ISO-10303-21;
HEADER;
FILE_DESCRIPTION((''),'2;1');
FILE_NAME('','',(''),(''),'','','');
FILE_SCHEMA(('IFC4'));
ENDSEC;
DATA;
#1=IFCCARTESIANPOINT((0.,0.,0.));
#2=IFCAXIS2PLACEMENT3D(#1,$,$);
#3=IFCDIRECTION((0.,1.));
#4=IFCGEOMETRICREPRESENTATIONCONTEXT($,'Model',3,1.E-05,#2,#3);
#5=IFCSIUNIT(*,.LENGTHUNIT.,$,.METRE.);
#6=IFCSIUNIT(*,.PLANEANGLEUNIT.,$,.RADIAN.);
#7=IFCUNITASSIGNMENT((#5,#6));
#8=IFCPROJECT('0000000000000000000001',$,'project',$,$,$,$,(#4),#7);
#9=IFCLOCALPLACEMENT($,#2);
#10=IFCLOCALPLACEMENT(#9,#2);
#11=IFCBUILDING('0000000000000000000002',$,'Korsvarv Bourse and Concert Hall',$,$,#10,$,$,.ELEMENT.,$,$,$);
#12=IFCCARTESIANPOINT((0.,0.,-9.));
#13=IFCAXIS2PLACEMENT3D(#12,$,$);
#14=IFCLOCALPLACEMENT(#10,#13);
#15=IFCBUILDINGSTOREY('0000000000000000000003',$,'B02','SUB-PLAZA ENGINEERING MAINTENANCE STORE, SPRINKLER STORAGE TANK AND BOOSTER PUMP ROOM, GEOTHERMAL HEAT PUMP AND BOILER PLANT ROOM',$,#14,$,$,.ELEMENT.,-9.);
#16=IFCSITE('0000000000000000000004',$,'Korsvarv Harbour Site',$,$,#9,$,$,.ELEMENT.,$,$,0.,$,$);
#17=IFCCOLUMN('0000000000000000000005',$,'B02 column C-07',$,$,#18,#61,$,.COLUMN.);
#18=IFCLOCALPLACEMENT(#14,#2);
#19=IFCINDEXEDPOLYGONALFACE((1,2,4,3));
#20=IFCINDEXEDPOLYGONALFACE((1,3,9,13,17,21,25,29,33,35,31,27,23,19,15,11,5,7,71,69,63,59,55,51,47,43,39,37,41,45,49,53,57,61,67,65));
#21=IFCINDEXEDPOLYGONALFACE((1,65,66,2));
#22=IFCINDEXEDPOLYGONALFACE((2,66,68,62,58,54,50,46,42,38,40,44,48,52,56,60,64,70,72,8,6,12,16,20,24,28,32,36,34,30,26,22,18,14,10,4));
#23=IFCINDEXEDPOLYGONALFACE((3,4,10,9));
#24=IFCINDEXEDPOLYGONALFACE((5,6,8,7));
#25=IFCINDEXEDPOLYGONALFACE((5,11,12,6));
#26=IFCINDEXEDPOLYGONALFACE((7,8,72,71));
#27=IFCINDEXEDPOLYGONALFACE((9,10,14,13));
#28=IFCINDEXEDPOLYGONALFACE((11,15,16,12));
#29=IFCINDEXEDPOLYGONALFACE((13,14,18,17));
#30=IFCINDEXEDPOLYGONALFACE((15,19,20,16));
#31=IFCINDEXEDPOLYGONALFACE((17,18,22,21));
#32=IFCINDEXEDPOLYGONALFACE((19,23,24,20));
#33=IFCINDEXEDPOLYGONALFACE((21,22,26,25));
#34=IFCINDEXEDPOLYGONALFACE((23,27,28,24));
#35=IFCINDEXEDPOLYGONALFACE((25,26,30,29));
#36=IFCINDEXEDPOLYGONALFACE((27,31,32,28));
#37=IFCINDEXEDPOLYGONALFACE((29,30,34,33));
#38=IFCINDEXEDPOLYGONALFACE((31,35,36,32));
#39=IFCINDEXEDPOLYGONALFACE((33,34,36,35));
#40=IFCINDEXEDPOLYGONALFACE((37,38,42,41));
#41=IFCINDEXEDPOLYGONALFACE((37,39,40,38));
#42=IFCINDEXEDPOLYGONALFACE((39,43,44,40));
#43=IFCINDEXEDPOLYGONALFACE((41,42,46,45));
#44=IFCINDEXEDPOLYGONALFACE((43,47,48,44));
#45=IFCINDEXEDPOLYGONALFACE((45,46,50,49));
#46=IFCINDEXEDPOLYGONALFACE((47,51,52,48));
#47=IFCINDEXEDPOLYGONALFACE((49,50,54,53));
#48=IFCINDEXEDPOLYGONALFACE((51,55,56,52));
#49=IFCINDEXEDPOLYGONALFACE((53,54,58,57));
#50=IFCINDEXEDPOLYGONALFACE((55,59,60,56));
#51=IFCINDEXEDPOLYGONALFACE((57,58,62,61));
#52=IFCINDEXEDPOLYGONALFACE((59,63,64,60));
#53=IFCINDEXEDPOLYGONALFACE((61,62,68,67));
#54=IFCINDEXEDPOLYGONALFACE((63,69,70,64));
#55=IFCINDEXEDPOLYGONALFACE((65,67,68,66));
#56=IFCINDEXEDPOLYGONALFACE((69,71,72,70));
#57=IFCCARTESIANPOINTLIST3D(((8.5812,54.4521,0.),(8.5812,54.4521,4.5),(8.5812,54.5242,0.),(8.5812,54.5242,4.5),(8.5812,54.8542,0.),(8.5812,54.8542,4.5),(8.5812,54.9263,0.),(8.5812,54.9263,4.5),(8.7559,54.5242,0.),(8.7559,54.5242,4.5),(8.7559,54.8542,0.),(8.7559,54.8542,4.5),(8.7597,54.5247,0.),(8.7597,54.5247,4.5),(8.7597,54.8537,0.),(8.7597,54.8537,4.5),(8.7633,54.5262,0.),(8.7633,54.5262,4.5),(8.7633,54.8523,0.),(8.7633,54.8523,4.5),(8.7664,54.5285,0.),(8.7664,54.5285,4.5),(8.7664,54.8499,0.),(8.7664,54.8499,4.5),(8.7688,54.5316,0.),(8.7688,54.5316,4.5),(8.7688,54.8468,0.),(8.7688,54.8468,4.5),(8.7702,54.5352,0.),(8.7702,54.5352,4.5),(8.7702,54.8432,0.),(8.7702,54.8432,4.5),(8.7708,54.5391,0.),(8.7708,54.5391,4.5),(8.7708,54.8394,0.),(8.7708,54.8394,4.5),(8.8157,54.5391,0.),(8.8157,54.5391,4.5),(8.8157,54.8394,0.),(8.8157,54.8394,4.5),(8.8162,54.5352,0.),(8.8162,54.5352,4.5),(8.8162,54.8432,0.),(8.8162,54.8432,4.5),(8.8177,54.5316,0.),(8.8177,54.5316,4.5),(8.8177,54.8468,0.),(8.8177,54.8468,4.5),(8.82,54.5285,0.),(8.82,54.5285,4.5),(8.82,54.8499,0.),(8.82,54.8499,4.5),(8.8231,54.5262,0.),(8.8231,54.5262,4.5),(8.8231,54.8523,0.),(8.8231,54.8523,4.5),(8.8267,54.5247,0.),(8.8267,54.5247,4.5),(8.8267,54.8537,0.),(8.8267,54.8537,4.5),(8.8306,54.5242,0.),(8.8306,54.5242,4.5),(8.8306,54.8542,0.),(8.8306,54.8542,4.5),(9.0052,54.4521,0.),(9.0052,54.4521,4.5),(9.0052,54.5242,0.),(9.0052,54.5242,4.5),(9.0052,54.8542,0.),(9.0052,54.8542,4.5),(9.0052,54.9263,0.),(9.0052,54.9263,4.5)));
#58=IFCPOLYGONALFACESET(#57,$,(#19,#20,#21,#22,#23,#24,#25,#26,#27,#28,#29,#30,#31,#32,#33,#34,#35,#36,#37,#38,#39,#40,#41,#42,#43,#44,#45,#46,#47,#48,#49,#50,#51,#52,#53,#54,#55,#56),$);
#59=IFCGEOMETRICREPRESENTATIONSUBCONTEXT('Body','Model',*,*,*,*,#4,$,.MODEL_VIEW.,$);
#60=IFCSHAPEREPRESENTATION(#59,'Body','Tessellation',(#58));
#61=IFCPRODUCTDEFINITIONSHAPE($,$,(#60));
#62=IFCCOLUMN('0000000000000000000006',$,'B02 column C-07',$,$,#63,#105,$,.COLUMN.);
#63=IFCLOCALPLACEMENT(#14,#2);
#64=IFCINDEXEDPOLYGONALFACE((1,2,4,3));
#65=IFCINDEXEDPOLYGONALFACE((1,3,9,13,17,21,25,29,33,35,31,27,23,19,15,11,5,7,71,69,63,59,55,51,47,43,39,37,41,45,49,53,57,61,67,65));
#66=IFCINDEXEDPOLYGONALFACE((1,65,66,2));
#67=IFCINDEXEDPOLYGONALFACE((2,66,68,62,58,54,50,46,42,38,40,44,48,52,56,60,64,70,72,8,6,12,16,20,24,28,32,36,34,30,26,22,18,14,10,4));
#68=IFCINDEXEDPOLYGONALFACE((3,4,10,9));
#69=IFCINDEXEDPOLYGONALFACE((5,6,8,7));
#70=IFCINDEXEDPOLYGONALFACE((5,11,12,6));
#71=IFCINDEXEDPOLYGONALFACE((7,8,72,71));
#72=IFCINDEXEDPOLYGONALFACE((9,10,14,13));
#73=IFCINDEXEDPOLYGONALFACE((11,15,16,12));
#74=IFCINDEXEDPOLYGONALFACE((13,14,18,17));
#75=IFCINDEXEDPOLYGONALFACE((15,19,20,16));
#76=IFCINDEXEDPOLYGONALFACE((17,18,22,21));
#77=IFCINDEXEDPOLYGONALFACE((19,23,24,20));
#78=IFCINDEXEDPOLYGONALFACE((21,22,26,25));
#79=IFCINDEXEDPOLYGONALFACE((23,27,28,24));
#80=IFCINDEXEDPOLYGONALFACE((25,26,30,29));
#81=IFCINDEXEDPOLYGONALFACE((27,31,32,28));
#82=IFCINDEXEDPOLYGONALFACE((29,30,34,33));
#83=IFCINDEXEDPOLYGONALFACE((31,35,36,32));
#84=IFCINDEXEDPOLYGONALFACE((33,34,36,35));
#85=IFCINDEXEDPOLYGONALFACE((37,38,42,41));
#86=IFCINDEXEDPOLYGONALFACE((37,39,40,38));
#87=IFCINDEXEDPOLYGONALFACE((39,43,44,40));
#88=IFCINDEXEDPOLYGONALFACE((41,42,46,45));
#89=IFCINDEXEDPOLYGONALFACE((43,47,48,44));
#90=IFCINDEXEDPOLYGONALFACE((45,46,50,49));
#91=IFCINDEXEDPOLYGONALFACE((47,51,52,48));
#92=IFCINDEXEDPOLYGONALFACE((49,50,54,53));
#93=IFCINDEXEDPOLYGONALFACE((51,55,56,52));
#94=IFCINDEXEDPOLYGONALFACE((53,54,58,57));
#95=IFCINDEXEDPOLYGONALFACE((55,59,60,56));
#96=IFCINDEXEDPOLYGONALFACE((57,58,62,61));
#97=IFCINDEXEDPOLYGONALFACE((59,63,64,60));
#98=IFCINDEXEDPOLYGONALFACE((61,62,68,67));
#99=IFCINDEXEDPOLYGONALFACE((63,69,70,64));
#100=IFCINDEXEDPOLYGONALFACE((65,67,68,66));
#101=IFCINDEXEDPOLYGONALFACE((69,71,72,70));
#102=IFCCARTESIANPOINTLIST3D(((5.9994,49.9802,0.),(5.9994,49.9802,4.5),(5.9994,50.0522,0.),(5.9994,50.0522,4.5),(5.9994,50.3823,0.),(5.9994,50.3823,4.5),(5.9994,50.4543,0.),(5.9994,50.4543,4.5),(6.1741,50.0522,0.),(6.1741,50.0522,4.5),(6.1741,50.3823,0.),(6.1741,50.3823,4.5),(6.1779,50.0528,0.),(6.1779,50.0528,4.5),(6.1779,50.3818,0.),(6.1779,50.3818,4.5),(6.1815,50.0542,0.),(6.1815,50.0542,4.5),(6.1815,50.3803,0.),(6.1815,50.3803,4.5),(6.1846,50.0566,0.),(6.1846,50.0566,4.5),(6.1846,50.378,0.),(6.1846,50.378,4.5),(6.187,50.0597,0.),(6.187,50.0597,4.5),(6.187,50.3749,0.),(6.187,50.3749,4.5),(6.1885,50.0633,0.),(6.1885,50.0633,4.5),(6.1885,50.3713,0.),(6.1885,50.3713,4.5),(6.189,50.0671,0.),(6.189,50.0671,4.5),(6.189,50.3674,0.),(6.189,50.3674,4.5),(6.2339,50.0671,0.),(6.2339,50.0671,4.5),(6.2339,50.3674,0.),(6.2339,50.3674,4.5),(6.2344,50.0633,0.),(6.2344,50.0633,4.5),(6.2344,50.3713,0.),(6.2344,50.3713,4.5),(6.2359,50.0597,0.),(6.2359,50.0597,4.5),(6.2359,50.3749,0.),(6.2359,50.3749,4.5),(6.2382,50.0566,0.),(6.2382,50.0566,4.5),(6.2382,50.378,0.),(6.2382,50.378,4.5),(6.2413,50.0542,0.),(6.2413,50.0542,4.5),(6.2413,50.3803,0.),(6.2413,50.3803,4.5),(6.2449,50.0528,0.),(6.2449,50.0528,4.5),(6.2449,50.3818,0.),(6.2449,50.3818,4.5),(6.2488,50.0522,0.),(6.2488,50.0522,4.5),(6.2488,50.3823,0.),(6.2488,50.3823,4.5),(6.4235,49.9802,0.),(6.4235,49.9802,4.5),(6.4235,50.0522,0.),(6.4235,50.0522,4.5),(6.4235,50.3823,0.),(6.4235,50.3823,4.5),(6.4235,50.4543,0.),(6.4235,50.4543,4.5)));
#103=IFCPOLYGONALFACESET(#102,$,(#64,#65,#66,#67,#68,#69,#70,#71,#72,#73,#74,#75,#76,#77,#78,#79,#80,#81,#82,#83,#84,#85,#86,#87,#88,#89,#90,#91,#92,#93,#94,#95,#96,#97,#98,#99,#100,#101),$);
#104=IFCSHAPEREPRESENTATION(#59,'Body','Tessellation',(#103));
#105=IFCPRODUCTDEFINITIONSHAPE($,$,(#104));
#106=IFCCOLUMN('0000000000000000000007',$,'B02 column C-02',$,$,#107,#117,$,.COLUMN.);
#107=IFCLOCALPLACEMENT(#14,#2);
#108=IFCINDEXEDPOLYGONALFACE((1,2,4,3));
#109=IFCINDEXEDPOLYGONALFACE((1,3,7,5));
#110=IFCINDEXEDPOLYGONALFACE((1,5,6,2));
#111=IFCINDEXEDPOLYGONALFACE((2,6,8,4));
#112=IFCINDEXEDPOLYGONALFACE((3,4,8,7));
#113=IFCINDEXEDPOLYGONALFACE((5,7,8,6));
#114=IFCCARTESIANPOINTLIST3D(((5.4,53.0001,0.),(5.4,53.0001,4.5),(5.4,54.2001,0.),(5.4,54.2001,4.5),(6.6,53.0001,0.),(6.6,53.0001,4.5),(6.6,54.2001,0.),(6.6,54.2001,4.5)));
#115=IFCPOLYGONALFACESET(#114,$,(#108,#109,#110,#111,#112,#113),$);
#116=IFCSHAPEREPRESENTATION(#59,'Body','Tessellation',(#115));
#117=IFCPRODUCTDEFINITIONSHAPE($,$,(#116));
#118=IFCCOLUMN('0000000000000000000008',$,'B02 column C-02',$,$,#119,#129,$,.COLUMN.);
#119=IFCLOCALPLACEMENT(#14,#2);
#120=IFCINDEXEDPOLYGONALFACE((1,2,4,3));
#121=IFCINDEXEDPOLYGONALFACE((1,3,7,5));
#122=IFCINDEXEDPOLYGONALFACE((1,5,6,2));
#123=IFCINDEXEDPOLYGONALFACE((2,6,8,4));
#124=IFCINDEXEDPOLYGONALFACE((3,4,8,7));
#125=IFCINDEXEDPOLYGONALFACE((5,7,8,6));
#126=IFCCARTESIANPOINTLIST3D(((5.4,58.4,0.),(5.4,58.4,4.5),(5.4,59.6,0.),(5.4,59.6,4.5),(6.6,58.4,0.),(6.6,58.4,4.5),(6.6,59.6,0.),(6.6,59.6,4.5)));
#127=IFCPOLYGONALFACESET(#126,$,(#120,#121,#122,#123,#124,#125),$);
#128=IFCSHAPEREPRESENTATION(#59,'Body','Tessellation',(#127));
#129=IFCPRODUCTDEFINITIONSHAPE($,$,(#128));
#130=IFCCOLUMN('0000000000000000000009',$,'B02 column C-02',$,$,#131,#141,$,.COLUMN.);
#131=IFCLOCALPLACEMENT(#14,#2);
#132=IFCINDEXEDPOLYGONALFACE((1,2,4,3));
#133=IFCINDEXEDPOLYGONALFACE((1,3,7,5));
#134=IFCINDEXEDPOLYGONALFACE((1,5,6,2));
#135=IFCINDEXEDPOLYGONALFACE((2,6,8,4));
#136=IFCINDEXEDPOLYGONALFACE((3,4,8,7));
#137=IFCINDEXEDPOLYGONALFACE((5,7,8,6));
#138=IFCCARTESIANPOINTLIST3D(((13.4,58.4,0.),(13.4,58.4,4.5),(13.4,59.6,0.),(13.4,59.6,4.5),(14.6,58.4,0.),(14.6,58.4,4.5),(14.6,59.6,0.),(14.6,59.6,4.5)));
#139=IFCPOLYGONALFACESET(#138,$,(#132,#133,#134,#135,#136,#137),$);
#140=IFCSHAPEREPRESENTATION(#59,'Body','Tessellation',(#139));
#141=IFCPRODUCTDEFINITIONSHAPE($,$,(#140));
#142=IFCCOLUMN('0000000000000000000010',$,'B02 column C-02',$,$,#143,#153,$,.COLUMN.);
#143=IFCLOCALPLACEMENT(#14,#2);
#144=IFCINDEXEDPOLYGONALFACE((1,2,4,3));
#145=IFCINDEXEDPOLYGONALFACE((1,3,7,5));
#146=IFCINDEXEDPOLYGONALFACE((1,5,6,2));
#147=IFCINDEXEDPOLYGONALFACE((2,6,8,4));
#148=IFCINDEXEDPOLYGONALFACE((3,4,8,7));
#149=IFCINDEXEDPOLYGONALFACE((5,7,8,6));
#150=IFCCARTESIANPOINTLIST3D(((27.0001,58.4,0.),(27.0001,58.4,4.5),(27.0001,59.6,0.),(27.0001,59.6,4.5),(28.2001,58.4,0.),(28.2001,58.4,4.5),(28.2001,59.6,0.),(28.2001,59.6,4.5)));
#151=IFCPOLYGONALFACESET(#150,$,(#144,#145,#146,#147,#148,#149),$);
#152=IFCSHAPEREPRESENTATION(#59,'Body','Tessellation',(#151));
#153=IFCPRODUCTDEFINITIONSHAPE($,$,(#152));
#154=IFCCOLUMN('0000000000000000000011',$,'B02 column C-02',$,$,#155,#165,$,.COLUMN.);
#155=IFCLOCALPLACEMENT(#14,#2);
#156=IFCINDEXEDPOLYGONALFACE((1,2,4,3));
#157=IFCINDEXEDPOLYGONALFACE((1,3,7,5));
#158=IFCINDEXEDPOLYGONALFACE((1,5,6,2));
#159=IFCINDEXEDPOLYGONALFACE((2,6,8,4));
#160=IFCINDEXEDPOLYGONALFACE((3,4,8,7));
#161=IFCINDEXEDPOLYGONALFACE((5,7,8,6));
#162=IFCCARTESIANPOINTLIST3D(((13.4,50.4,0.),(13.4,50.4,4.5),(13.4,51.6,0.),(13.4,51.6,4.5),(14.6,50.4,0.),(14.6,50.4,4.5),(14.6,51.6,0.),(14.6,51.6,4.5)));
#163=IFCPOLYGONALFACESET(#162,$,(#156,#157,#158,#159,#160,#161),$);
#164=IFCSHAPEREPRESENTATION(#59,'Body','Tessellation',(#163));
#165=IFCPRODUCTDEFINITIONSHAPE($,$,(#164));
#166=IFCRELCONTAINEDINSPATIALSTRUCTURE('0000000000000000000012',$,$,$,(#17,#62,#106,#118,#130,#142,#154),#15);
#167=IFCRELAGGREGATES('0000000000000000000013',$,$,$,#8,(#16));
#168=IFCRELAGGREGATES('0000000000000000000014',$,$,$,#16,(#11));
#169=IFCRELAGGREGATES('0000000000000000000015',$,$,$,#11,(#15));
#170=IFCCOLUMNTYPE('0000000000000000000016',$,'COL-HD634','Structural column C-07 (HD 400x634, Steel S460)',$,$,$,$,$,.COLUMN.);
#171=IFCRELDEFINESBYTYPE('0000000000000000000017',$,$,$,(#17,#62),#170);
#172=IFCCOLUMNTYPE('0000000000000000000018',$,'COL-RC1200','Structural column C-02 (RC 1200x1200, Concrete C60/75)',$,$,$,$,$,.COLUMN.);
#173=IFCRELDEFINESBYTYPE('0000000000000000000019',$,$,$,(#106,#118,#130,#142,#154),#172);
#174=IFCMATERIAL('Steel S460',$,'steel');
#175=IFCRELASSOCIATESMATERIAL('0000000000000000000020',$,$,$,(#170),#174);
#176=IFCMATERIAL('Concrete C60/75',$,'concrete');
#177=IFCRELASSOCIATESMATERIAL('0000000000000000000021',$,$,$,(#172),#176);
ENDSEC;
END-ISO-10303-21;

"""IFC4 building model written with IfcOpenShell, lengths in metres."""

from ifc_helpers import new_model, si_unit, direction, frame, origin, origin_2d, place, context, subcontext, project, spatial, rectangle, i_section, extrude, source, transform, mapped, material, material_profile, profile_set, type_object, element, save


model = new_model("IFC4")

# Units and contexts
model_context = context("Model", 3, precision=1e-05, world=origin(), true_north=direction((0.0, 1.0)))
body_context = subcontext(model_context, "Body", "Model", "MODEL_VIEW")
ifc_project = project(units=[si_unit("LENGTHUNIT", "METRE"), si_unit("PLANEANGLEUNIT", "RADIAN")], contexts=[model_context])

# Site, building, storey
site_placement = place(None, origin())
site = spatial("IfcSite", under=ifc_project, at=site_placement, Name="Korsvarv Harbour Site", CompositionType="ELEMENT", RefElevation=0.0)
building_placement = place(site_placement, origin())
building = spatial("IfcBuilding", under=site, at=building_placement, Name="Korsvarv Bourse and Concert Hall", CompositionType="ELEMENT")
storey_placement = place(building_placement, frame((0.0, 0.0, -9.0)))
storey = spatial("IfcBuildingStorey", under=building, at=storey_placement, Name="B02", Description="SUB-PLAZA ENGINEERING MAINTENANCE STORE, SPRINKLER STORAGE TANK AND BOOSTER PUMP ROOM, GEOTHERMAL HEAT PUMP AND BOILER PLANT ROOM", CompositionType="ELEMENT", Elevation=-9.0)

# Columns
ifc_material_1 = material(Name="Steel S460", Category="steel")
ifc_material_profile_1 = material_profile(ifc_material_1, i_section(OverallWidth=0.4241, OverallDepth=0.4741, WebThickness=0.0449, FlangeThickness=0.072, FilletRadius=0.0149, at=origin_2d()), Name="HD 400x634")
ifc_profile_set_1 = profile_set([ifc_material_profile_1], Name="Steel S460")
column_type_1 = type_object("IfcColumnType", Name="COL-HD634", Description="Structural column C-07 (HD 400x634, Steel S460)", PredefinedType="COLUMN", material=ifc_profile_set_1)
shared_shape_1 = source(origin(), body_context, "Body", "SweptSolid", [
    extrude(i_section(OverallWidth=0.4241, OverallDepth=0.4741, WebThickness=0.0449, FlangeThickness=0.072, FilletRadius=0.0149, at=origin_2d()), origin(), (0.0, 0.0, 1.0), 4.5),
])
for number, where, z_axis, x_axis, name in (
    (1, (8.7932, 54.6892, 0.0), (0.0, 0.0, 1.0), (1.0, 0.0, 0.0), "B02 column C-07"),
    (2, (6.2114, 50.2173, 0.0), (0.0, 0.0, 1.0), (1.0, 0.0, 0.0), "B02 column C-07"),
):
    element("IfcColumn", number, at=place(storey_placement, frame(where, z_axis=z_axis, x_axis=x_axis)), inside=storey, type_object=column_type_1, Name=name, PredefinedType="COLUMN", context=body_context, shape_type="MappedRepresentation", body=[
        mapped(shared_shape_1, transform((0.0, 0.0, 0.0), scale=1.0)),
    ])
ifc_material_2 = material(Name="Concrete C60/75", Category="concrete")
ifc_material_profile_2 = material_profile(ifc_material_2, rectangle(XDim=1.2, YDim=1.2, at=origin_2d()), Name="RC 1200x1200")
ifc_profile_set_2 = profile_set([ifc_material_profile_2], Name="Concrete C60/75")
column_type_2 = type_object("IfcColumnType", Name="COL-RC1200", Description="Structural column C-02 (RC 1200x1200, Concrete C60/75)", PredefinedType="COLUMN", material=ifc_profile_set_2)
shared_shape_2 = source(origin(), body_context, "Body", "SweptSolid", [
    extrude(rectangle(XDim=1.2, YDim=1.2, at=origin_2d()), origin(), (0.0, 0.0, 1.0), 4.5),
])
for number, where, z_axis, x_axis, name in (
    (3, (6.0, 53.6001, 0.0), (0.0, 0.0, 1.0), (1.0, 0.0, 0.0), "B02 column C-02"),
    (4, (6.0, 59.0, 0.0), (0.0, 0.0, 1.0), (1.0, 0.0, 0.0), "B02 column C-02"),
    (5, (14.0, 59.0, 0.0), (0.0, 0.0, 1.0), (1.0, 0.0, 0.0), "B02 column C-02"),
    (6, (27.6001, 59.0, 0.0), (0.0, 0.0, 1.0), (1.0, 0.0, 0.0), "B02 column C-02"),
    (7, (14.0, 51.0, 0.0), (0.0, 0.0, 1.0), (1.0, 0.0, 0.0), "B02 column C-02"),
):
    element("IfcColumn", number, at=place(storey_placement, frame(where, z_axis=z_axis, x_axis=x_axis)), inside=storey, type_object=column_type_2, Name=name, PredefinedType="COLUMN", context=body_context, shape_type="MappedRepresentation", body=[
        mapped(shared_shape_2, transform((0.0, 0.0, 0.0), scale=1.0)),
    ])

save(model, "model.ifc")
